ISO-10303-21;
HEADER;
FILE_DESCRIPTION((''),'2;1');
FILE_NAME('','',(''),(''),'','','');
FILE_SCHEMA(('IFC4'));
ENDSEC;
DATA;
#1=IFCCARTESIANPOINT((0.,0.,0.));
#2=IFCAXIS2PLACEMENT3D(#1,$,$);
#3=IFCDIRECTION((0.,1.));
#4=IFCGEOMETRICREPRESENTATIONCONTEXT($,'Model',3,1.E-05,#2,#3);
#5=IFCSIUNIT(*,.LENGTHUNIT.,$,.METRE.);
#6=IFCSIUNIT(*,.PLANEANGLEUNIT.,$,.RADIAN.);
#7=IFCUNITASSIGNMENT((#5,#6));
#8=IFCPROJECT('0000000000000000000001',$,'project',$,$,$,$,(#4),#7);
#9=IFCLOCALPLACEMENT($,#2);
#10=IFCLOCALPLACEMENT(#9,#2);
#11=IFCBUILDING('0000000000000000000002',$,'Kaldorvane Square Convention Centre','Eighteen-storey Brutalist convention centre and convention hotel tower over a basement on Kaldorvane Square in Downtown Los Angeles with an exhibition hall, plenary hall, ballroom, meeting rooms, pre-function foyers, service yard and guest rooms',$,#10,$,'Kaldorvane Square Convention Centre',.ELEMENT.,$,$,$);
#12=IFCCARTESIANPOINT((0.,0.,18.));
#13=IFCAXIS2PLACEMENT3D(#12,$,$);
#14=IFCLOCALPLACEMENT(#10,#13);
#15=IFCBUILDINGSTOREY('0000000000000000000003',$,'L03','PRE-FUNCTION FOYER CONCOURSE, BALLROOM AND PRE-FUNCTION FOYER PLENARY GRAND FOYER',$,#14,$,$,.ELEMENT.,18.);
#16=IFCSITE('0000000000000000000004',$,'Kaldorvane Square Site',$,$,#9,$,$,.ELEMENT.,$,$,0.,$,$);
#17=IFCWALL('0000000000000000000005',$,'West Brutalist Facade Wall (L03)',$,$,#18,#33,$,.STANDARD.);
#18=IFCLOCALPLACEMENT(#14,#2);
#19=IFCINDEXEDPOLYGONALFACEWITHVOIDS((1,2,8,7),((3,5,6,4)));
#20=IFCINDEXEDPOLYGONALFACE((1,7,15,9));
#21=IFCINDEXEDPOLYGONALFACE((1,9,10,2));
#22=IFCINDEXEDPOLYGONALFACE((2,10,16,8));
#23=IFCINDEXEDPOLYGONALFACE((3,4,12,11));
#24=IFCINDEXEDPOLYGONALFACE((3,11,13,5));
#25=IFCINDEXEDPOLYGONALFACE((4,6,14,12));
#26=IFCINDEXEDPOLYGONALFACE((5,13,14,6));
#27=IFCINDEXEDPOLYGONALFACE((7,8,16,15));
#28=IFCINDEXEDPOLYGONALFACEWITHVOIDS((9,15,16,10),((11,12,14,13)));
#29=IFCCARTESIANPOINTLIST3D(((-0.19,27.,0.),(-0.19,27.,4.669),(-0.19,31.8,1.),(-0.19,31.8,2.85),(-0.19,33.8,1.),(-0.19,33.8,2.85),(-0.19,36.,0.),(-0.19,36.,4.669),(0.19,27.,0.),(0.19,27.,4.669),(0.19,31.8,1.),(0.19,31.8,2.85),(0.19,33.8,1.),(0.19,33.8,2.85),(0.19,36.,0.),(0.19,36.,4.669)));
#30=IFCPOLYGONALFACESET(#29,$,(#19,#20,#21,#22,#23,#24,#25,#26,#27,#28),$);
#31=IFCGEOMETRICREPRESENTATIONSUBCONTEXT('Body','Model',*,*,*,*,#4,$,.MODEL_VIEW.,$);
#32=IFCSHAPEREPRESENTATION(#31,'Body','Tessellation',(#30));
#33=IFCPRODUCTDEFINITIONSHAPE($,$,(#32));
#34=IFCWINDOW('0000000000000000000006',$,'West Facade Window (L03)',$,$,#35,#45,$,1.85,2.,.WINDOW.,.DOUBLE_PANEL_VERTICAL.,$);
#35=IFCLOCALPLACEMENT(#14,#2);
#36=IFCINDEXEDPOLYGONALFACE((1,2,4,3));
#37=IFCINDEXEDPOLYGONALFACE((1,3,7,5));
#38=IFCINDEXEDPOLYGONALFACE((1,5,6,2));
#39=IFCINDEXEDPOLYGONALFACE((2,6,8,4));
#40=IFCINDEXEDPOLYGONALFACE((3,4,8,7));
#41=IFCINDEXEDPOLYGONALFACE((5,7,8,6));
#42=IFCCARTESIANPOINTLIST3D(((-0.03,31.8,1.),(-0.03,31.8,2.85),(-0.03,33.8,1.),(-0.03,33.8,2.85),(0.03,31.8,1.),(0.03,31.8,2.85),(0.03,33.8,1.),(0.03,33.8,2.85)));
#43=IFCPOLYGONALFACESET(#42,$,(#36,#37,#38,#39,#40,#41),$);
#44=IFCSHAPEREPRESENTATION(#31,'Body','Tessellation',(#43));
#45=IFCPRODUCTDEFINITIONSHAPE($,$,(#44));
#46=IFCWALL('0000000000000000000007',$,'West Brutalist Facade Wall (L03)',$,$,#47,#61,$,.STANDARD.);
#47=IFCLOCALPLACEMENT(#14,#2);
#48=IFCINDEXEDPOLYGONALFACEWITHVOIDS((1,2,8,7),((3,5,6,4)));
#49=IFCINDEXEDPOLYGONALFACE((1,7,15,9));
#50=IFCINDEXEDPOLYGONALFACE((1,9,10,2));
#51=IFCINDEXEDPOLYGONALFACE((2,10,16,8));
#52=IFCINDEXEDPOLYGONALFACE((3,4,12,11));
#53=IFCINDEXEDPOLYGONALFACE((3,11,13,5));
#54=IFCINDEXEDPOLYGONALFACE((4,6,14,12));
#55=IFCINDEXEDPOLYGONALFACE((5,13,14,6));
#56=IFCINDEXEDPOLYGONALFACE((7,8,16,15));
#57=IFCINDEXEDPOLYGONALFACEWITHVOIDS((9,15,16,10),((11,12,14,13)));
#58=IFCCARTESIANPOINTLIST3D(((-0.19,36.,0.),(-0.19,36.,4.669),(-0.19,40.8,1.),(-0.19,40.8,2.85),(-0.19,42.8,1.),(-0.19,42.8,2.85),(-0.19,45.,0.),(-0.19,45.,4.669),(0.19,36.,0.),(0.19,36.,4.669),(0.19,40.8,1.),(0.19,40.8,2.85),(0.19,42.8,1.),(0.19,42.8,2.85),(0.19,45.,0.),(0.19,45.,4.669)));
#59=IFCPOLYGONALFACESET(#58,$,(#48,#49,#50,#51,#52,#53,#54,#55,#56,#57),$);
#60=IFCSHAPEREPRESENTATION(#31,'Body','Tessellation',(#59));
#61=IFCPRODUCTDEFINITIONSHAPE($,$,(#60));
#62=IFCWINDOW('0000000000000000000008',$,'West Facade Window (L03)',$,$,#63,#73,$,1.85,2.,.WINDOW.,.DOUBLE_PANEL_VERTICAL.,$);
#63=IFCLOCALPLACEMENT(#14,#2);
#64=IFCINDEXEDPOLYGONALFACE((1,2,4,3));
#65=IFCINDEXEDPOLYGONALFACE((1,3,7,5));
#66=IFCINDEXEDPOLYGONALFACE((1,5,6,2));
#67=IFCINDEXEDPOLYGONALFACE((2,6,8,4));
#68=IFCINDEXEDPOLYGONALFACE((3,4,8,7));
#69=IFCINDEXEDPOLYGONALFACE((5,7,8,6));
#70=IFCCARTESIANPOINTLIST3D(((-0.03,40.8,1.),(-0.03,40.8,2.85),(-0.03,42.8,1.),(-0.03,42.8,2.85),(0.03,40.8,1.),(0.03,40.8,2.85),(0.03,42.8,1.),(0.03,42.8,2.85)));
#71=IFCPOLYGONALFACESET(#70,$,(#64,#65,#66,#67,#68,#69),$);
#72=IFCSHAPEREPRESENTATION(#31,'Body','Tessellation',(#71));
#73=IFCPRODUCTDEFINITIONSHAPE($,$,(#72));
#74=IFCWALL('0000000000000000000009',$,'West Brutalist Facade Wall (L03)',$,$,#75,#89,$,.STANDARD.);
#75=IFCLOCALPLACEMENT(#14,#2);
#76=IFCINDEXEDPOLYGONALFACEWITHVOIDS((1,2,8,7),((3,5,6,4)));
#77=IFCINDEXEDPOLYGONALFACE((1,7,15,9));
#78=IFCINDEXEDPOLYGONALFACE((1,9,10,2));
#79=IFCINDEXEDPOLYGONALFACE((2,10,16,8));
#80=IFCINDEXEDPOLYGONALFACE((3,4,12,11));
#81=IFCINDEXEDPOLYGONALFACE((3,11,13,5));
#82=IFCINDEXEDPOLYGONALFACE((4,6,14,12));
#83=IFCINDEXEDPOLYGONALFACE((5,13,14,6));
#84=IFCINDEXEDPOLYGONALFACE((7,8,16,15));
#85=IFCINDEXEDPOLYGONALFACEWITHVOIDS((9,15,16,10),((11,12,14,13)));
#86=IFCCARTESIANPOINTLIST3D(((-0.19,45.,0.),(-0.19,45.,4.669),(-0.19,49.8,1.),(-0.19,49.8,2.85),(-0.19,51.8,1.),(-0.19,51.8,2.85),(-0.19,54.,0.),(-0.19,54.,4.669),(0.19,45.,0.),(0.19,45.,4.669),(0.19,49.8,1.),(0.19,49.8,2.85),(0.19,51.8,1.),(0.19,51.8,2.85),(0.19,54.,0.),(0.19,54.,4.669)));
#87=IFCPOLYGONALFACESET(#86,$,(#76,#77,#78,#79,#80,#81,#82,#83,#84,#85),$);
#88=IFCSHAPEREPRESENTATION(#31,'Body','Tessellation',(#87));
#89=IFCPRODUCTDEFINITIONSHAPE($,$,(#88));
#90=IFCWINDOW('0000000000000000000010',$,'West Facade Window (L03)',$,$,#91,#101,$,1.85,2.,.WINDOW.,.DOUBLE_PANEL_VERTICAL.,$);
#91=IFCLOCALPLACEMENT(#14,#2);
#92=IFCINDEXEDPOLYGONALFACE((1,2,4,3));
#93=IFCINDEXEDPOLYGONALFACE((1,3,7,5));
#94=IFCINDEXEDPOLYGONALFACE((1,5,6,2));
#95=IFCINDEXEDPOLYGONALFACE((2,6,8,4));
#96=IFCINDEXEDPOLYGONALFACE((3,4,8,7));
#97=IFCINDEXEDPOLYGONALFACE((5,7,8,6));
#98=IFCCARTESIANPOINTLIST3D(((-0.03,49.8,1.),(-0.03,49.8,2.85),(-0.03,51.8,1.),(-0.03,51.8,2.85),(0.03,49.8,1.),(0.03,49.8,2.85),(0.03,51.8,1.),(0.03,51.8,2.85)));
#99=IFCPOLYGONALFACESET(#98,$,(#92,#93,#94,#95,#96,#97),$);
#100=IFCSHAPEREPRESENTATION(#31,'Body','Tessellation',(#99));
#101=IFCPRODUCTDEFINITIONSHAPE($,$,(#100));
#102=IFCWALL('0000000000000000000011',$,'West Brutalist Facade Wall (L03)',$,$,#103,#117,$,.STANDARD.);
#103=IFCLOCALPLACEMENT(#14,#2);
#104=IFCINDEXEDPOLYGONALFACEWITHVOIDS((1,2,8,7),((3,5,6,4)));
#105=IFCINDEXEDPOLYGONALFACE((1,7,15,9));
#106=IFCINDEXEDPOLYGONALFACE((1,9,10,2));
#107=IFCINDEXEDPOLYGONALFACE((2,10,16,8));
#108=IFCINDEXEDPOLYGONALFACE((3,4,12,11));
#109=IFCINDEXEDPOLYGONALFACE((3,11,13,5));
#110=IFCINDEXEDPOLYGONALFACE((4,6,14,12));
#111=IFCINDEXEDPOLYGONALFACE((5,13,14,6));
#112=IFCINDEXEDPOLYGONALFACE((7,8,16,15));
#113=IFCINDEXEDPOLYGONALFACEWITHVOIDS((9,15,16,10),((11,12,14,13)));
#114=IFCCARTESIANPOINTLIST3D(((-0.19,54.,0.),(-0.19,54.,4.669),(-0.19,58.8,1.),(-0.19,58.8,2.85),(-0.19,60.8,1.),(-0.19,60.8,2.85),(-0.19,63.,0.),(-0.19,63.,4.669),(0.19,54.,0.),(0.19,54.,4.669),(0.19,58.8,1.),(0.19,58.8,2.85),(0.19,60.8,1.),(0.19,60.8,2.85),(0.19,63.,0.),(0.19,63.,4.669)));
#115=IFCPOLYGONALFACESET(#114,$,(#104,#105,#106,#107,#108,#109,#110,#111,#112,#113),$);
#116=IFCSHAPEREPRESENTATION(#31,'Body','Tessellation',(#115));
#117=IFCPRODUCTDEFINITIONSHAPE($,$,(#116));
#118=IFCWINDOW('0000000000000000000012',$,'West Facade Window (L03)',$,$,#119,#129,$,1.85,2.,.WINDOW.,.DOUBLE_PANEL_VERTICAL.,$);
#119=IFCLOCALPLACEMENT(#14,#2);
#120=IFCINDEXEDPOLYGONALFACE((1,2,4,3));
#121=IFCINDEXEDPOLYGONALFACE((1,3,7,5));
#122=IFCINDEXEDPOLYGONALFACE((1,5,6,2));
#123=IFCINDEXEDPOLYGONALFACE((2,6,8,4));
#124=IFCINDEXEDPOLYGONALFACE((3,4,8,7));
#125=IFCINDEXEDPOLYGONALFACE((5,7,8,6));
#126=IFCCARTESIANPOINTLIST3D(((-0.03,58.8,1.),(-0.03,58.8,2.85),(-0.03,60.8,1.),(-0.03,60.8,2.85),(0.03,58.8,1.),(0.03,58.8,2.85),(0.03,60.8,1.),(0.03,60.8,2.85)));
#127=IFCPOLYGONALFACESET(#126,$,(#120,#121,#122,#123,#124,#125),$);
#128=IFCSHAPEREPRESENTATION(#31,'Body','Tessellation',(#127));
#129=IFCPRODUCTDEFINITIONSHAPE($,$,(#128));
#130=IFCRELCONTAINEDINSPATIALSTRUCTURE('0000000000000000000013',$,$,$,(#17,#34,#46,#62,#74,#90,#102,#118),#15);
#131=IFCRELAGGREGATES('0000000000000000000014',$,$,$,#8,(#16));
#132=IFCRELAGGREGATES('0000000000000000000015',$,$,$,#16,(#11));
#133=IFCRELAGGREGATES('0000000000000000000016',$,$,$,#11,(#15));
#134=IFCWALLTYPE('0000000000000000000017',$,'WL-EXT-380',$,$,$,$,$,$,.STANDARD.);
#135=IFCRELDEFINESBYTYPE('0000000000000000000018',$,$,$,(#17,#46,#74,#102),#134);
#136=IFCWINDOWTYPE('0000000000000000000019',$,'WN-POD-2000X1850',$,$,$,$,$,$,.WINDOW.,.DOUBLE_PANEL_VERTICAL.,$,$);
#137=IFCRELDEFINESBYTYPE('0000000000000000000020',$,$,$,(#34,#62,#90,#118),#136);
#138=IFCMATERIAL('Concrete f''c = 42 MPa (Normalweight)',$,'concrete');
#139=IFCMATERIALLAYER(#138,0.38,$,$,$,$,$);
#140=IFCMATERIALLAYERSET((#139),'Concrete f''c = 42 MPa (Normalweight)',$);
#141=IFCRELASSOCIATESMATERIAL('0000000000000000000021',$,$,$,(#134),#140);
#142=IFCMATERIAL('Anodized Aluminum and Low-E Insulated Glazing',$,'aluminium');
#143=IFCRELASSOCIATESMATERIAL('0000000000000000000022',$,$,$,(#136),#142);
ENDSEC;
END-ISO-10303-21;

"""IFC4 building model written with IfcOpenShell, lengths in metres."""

from ifc_helpers import new_model, si_unit, direction, frame, frame_2d, origin, place, context, subcontext, project, spatial, rectangle, extrude, material, layer, layer_set, type_object, element, fill, save


model = new_model("IFC4")

# Units and contexts
model_context = context("Model", 3, precision=1e-05, world=origin(), true_north=direction((0.0, 1.0)))
body_context = subcontext(model_context, "Body", "Model", "MODEL_VIEW")
ifc_project = project(units=[si_unit("LENGTHUNIT", "METRE"), si_unit("PLANEANGLEUNIT", "RADIAN")], contexts=[model_context])

# Site, building, storey
site_placement = place(None, origin())
site = spatial("IfcSite", under=ifc_project, at=site_placement, Name="Kaldorvane Square Site", CompositionType="ELEMENT", RefElevation=0.0)
building_placement = place(site_placement, origin())
building = spatial("IfcBuilding", under=site, at=building_placement, Name="Kaldorvane Square Convention Centre", Description="Eighteen-storey Brutalist convention centre and convention hotel tower over a basement on Kaldorvane Square in Downtown Los Angeles with an exhibition hall, plenary hall, ballroom, meeting rooms, pre-function foyers, service yard and guest rooms", LongName="Kaldorvane Square Convention Centre", CompositionType="ELEMENT")
storey_placement = place(building_placement, frame((0.0, 0.0, 18.0)))
storey = spatial("IfcBuildingStorey", under=building, at=storey_placement, Name="L03", Description="PRE-FUNCTION FOYER CONCOURSE, BALLROOM AND PRE-FUNCTION FOYER PLENARY GRAND FOYER", CompositionType="ELEMENT", Elevation=18.0)

# Walls, openings, windows
ifc_material_1 = material(Name="Concrete f'c = 42 MPa (Normalweight)", Category="concrete")
ifc_layer = layer(ifc_material_1, 0.38)
ifc_layer_set = layer_set([ifc_layer], Name="Concrete f'c = 42 MPa (Normalweight)")
wall_type = type_object("IfcWallType", Name="WL-EXT-380", PredefinedType="STANDARD", material=ifc_layer_set)
wall_1_placement = place(storey_placement, frame((0.0, 36.0, 0.0), z_axis=(0.0, 0.0, 1.0), x_axis=(0.0, -1.0, 0.0)))
wall_1 = element("IfcWall", 1, at=wall_1_placement, inside=storey, type_object=wall_type, Name="West Brutalist Facade Wall (L03)", PredefinedType="STANDARD", context=body_context, shape_type="SweptSolid", body=[
    extrude(rectangle(XDim=9.0, YDim=0.38, at=frame_2d((4.5, 0.0))), origin(), (0.0, 0.0, 1.0), 4.669),
])
opening_1_placement = place(wall_1_placement, frame((2.2, 0.0, 1.0)))
opening_1 = element("IfcOpeningElement", 2, at=opening_1_placement, cuts=wall_1, PredefinedType="OPENING", context=body_context, shape_type="SweptSolid", body=[
    extrude(rectangle(XDim=2.0, YDim=1.85, at=frame_2d((1.0, 0.925))), frame((0.0, 0.205, 0.0), z_axis=(0.0, -1.0, 0.0), x_axis=(1.0, 0.0, 0.0)), (0.0, 0.0, 1.0), 0.41),
])
ifc_material_2 = material(Name="Anodized Aluminum and Low-E Insulated Glazing", Category="aluminium")
window_type = type_object("IfcWindowType", Name="WN-POD-2000X1850", PartitioningType="DOUBLE_PANEL_VERTICAL", PredefinedType="WINDOW", material=ifc_material_2)
window_1_placement = place(opening_1_placement, origin())
window_1 = element("IfcWindow", 3, at=window_1_placement, inside=storey, type_object=window_type, Name="West Facade Window (L03)", OverallHeight=1.85, OverallWidth=2.0, PartitioningType="DOUBLE_PANEL_VERTICAL", PredefinedType="WINDOW", context=body_context, shape_type="SweptSolid", body=[
    extrude(rectangle(XDim=2.0, YDim=1.85, at=frame_2d((1.0, 0.925))), frame((0.0, 0.03, 0.0), z_axis=(0.0, -1.0, 0.0), x_axis=(1.0, 0.0, 0.0)), (0.0, 0.0, 1.0), 0.06),
])
fill(opening_1, window_1)
wall_2_placement = place(storey_placement, frame((0.0, 45.0, 0.0), z_axis=(0.0, 0.0, 1.0), x_axis=(0.0, -1.0, 0.0)))
wall_2 = element("IfcWall", 4, at=wall_2_placement, inside=storey, type_object=wall_type, Name="West Brutalist Facade Wall (L03)", PredefinedType="STANDARD", context=body_context, shape_type="SweptSolid", body=[
    extrude(rectangle(XDim=9.0, YDim=0.38, at=frame_2d((4.5, 0.0))), origin(), (0.0, 0.0, 1.0), 4.669),
])
opening_2_placement = place(wall_2_placement, frame((2.2, 0.0, 1.0)))
opening_2 = element("IfcOpeningElement", 5, at=opening_2_placement, cuts=wall_2, PredefinedType="OPENING", context=body_context, shape_type="SweptSolid", body=[
    extrude(rectangle(XDim=2.0, YDim=1.85, at=frame_2d((1.0, 0.925))), frame((0.0, 0.205, 0.0), z_axis=(0.0, -1.0, 0.0), x_axis=(1.0, 0.0, 0.0)), (0.0, 0.0, 1.0), 0.41),
])
window_2_placement = place(opening_2_placement, origin())
window_2 = element("IfcWindow", 6, at=window_2_placement, inside=storey, type_object=window_type, Name="West Facade Window (L03)", OverallHeight=1.85, OverallWidth=2.0, PartitioningType="DOUBLE_PANEL_VERTICAL", PredefinedType="WINDOW", context=body_context, shape_type="SweptSolid", body=[
    extrude(rectangle(XDim=2.0, YDim=1.85, at=frame_2d((1.0, 0.925))), frame((0.0, 0.03, 0.0), z_axis=(0.0, -1.0, 0.0), x_axis=(1.0, 0.0, 0.0)), (0.0, 0.0, 1.0), 0.06),
])
fill(opening_2, window_2)
wall_3_placement = place(storey_placement, frame((0.0, 54.0, 0.0), z_axis=(0.0, 0.0, 1.0), x_axis=(0.0, -1.0, 0.0)))
wall_3 = element("IfcWall", 7, at=wall_3_placement, inside=storey, type_object=wall_type, Name="West Brutalist Facade Wall (L03)", PredefinedType="STANDARD", context=body_context, shape_type="SweptSolid", body=[
    extrude(rectangle(XDim=9.0, YDim=0.38, at=frame_2d((4.5, 0.0))), origin(), (0.0, 0.0, 1.0), 4.669),
])
opening_3_placement = place(wall_3_placement, frame((2.2, 0.0, 1.0)))
opening_3 = element("IfcOpeningElement", 8, at=opening_3_placement, cuts=wall_3, PredefinedType="OPENING", context=body_context, shape_type="SweptSolid", body=[
    extrude(rectangle(XDim=2.0, YDim=1.85, at=frame_2d((1.0, 0.925))), frame((0.0, 0.205, 0.0), z_axis=(0.0, -1.0, 0.0), x_axis=(1.0, 0.0, 0.0)), (0.0, 0.0, 1.0), 0.41),
])
window_3_placement = place(opening_3_placement, origin())
window_3 = element("IfcWindow", 9, at=window_3_placement, inside=storey, type_object=window_type, Name="West Facade Window (L03)", OverallHeight=1.85, OverallWidth=2.0, PartitioningType="DOUBLE_PANEL_VERTICAL", PredefinedType="WINDOW", context=body_context, shape_type="SweptSolid", body=[
    extrude(rectangle(XDim=2.0, YDim=1.85, at=frame_2d((1.0, 0.925))), frame((0.0, 0.03, 0.0), z_axis=(0.0, -1.0, 0.0), x_axis=(1.0, 0.0, 0.0)), (0.0, 0.0, 1.0), 0.06),
])
fill(opening_3, window_3)
wall_4_placement = place(storey_placement, frame((0.0, 63.0, 0.0), z_axis=(0.0, 0.0, 1.0), x_axis=(0.0, -1.0, 0.0)))
wall_4 = element("IfcWall", 10, at=wall_4_placement, inside=storey, type_object=wall_type, Name="West Brutalist Facade Wall (L03)", PredefinedType="STANDARD", context=body_context, shape_type="SweptSolid", body=[
    extrude(rectangle(XDim=9.0, YDim=0.38, at=frame_2d((4.5, 0.0))), origin(), (0.0, 0.0, 1.0), 4.669),
])
opening_4_placement = place(wall_4_placement, frame((2.2, 0.0, 1.0)))
opening_4 = element("IfcOpeningElement", 11, at=opening_4_placement, cuts=wall_4, PredefinedType="OPENING", context=body_context, shape_type="SweptSolid", body=[
    extrude(rectangle(XDim=2.0, YDim=1.85, at=frame_2d((1.0, 0.925))), frame((0.0, 0.205, 0.0), z_axis=(0.0, -1.0, 0.0), x_axis=(1.0, 0.0, 0.0)), (0.0, 0.0, 1.0), 0.41),
])
window_4_placement = place(opening_4_placement, origin())
window_4 = element("IfcWindow", 12, at=window_4_placement, inside=storey, type_object=window_type, Name="West Facade Window (L03)", OverallHeight=1.85, OverallWidth=2.0, PartitioningType="DOUBLE_PANEL_VERTICAL", PredefinedType="WINDOW", context=body_context, shape_type="SweptSolid", body=[
    extrude(rectangle(XDim=2.0, YDim=1.85, at=frame_2d((1.0, 0.925))), frame((0.0, 0.03, 0.0), z_axis=(0.0, -1.0, 0.0), x_axis=(1.0, 0.0, 0.0)), (0.0, 0.0, 1.0), 0.06),
])
fill(opening_4, window_4)

save(model, "model.ifc")
